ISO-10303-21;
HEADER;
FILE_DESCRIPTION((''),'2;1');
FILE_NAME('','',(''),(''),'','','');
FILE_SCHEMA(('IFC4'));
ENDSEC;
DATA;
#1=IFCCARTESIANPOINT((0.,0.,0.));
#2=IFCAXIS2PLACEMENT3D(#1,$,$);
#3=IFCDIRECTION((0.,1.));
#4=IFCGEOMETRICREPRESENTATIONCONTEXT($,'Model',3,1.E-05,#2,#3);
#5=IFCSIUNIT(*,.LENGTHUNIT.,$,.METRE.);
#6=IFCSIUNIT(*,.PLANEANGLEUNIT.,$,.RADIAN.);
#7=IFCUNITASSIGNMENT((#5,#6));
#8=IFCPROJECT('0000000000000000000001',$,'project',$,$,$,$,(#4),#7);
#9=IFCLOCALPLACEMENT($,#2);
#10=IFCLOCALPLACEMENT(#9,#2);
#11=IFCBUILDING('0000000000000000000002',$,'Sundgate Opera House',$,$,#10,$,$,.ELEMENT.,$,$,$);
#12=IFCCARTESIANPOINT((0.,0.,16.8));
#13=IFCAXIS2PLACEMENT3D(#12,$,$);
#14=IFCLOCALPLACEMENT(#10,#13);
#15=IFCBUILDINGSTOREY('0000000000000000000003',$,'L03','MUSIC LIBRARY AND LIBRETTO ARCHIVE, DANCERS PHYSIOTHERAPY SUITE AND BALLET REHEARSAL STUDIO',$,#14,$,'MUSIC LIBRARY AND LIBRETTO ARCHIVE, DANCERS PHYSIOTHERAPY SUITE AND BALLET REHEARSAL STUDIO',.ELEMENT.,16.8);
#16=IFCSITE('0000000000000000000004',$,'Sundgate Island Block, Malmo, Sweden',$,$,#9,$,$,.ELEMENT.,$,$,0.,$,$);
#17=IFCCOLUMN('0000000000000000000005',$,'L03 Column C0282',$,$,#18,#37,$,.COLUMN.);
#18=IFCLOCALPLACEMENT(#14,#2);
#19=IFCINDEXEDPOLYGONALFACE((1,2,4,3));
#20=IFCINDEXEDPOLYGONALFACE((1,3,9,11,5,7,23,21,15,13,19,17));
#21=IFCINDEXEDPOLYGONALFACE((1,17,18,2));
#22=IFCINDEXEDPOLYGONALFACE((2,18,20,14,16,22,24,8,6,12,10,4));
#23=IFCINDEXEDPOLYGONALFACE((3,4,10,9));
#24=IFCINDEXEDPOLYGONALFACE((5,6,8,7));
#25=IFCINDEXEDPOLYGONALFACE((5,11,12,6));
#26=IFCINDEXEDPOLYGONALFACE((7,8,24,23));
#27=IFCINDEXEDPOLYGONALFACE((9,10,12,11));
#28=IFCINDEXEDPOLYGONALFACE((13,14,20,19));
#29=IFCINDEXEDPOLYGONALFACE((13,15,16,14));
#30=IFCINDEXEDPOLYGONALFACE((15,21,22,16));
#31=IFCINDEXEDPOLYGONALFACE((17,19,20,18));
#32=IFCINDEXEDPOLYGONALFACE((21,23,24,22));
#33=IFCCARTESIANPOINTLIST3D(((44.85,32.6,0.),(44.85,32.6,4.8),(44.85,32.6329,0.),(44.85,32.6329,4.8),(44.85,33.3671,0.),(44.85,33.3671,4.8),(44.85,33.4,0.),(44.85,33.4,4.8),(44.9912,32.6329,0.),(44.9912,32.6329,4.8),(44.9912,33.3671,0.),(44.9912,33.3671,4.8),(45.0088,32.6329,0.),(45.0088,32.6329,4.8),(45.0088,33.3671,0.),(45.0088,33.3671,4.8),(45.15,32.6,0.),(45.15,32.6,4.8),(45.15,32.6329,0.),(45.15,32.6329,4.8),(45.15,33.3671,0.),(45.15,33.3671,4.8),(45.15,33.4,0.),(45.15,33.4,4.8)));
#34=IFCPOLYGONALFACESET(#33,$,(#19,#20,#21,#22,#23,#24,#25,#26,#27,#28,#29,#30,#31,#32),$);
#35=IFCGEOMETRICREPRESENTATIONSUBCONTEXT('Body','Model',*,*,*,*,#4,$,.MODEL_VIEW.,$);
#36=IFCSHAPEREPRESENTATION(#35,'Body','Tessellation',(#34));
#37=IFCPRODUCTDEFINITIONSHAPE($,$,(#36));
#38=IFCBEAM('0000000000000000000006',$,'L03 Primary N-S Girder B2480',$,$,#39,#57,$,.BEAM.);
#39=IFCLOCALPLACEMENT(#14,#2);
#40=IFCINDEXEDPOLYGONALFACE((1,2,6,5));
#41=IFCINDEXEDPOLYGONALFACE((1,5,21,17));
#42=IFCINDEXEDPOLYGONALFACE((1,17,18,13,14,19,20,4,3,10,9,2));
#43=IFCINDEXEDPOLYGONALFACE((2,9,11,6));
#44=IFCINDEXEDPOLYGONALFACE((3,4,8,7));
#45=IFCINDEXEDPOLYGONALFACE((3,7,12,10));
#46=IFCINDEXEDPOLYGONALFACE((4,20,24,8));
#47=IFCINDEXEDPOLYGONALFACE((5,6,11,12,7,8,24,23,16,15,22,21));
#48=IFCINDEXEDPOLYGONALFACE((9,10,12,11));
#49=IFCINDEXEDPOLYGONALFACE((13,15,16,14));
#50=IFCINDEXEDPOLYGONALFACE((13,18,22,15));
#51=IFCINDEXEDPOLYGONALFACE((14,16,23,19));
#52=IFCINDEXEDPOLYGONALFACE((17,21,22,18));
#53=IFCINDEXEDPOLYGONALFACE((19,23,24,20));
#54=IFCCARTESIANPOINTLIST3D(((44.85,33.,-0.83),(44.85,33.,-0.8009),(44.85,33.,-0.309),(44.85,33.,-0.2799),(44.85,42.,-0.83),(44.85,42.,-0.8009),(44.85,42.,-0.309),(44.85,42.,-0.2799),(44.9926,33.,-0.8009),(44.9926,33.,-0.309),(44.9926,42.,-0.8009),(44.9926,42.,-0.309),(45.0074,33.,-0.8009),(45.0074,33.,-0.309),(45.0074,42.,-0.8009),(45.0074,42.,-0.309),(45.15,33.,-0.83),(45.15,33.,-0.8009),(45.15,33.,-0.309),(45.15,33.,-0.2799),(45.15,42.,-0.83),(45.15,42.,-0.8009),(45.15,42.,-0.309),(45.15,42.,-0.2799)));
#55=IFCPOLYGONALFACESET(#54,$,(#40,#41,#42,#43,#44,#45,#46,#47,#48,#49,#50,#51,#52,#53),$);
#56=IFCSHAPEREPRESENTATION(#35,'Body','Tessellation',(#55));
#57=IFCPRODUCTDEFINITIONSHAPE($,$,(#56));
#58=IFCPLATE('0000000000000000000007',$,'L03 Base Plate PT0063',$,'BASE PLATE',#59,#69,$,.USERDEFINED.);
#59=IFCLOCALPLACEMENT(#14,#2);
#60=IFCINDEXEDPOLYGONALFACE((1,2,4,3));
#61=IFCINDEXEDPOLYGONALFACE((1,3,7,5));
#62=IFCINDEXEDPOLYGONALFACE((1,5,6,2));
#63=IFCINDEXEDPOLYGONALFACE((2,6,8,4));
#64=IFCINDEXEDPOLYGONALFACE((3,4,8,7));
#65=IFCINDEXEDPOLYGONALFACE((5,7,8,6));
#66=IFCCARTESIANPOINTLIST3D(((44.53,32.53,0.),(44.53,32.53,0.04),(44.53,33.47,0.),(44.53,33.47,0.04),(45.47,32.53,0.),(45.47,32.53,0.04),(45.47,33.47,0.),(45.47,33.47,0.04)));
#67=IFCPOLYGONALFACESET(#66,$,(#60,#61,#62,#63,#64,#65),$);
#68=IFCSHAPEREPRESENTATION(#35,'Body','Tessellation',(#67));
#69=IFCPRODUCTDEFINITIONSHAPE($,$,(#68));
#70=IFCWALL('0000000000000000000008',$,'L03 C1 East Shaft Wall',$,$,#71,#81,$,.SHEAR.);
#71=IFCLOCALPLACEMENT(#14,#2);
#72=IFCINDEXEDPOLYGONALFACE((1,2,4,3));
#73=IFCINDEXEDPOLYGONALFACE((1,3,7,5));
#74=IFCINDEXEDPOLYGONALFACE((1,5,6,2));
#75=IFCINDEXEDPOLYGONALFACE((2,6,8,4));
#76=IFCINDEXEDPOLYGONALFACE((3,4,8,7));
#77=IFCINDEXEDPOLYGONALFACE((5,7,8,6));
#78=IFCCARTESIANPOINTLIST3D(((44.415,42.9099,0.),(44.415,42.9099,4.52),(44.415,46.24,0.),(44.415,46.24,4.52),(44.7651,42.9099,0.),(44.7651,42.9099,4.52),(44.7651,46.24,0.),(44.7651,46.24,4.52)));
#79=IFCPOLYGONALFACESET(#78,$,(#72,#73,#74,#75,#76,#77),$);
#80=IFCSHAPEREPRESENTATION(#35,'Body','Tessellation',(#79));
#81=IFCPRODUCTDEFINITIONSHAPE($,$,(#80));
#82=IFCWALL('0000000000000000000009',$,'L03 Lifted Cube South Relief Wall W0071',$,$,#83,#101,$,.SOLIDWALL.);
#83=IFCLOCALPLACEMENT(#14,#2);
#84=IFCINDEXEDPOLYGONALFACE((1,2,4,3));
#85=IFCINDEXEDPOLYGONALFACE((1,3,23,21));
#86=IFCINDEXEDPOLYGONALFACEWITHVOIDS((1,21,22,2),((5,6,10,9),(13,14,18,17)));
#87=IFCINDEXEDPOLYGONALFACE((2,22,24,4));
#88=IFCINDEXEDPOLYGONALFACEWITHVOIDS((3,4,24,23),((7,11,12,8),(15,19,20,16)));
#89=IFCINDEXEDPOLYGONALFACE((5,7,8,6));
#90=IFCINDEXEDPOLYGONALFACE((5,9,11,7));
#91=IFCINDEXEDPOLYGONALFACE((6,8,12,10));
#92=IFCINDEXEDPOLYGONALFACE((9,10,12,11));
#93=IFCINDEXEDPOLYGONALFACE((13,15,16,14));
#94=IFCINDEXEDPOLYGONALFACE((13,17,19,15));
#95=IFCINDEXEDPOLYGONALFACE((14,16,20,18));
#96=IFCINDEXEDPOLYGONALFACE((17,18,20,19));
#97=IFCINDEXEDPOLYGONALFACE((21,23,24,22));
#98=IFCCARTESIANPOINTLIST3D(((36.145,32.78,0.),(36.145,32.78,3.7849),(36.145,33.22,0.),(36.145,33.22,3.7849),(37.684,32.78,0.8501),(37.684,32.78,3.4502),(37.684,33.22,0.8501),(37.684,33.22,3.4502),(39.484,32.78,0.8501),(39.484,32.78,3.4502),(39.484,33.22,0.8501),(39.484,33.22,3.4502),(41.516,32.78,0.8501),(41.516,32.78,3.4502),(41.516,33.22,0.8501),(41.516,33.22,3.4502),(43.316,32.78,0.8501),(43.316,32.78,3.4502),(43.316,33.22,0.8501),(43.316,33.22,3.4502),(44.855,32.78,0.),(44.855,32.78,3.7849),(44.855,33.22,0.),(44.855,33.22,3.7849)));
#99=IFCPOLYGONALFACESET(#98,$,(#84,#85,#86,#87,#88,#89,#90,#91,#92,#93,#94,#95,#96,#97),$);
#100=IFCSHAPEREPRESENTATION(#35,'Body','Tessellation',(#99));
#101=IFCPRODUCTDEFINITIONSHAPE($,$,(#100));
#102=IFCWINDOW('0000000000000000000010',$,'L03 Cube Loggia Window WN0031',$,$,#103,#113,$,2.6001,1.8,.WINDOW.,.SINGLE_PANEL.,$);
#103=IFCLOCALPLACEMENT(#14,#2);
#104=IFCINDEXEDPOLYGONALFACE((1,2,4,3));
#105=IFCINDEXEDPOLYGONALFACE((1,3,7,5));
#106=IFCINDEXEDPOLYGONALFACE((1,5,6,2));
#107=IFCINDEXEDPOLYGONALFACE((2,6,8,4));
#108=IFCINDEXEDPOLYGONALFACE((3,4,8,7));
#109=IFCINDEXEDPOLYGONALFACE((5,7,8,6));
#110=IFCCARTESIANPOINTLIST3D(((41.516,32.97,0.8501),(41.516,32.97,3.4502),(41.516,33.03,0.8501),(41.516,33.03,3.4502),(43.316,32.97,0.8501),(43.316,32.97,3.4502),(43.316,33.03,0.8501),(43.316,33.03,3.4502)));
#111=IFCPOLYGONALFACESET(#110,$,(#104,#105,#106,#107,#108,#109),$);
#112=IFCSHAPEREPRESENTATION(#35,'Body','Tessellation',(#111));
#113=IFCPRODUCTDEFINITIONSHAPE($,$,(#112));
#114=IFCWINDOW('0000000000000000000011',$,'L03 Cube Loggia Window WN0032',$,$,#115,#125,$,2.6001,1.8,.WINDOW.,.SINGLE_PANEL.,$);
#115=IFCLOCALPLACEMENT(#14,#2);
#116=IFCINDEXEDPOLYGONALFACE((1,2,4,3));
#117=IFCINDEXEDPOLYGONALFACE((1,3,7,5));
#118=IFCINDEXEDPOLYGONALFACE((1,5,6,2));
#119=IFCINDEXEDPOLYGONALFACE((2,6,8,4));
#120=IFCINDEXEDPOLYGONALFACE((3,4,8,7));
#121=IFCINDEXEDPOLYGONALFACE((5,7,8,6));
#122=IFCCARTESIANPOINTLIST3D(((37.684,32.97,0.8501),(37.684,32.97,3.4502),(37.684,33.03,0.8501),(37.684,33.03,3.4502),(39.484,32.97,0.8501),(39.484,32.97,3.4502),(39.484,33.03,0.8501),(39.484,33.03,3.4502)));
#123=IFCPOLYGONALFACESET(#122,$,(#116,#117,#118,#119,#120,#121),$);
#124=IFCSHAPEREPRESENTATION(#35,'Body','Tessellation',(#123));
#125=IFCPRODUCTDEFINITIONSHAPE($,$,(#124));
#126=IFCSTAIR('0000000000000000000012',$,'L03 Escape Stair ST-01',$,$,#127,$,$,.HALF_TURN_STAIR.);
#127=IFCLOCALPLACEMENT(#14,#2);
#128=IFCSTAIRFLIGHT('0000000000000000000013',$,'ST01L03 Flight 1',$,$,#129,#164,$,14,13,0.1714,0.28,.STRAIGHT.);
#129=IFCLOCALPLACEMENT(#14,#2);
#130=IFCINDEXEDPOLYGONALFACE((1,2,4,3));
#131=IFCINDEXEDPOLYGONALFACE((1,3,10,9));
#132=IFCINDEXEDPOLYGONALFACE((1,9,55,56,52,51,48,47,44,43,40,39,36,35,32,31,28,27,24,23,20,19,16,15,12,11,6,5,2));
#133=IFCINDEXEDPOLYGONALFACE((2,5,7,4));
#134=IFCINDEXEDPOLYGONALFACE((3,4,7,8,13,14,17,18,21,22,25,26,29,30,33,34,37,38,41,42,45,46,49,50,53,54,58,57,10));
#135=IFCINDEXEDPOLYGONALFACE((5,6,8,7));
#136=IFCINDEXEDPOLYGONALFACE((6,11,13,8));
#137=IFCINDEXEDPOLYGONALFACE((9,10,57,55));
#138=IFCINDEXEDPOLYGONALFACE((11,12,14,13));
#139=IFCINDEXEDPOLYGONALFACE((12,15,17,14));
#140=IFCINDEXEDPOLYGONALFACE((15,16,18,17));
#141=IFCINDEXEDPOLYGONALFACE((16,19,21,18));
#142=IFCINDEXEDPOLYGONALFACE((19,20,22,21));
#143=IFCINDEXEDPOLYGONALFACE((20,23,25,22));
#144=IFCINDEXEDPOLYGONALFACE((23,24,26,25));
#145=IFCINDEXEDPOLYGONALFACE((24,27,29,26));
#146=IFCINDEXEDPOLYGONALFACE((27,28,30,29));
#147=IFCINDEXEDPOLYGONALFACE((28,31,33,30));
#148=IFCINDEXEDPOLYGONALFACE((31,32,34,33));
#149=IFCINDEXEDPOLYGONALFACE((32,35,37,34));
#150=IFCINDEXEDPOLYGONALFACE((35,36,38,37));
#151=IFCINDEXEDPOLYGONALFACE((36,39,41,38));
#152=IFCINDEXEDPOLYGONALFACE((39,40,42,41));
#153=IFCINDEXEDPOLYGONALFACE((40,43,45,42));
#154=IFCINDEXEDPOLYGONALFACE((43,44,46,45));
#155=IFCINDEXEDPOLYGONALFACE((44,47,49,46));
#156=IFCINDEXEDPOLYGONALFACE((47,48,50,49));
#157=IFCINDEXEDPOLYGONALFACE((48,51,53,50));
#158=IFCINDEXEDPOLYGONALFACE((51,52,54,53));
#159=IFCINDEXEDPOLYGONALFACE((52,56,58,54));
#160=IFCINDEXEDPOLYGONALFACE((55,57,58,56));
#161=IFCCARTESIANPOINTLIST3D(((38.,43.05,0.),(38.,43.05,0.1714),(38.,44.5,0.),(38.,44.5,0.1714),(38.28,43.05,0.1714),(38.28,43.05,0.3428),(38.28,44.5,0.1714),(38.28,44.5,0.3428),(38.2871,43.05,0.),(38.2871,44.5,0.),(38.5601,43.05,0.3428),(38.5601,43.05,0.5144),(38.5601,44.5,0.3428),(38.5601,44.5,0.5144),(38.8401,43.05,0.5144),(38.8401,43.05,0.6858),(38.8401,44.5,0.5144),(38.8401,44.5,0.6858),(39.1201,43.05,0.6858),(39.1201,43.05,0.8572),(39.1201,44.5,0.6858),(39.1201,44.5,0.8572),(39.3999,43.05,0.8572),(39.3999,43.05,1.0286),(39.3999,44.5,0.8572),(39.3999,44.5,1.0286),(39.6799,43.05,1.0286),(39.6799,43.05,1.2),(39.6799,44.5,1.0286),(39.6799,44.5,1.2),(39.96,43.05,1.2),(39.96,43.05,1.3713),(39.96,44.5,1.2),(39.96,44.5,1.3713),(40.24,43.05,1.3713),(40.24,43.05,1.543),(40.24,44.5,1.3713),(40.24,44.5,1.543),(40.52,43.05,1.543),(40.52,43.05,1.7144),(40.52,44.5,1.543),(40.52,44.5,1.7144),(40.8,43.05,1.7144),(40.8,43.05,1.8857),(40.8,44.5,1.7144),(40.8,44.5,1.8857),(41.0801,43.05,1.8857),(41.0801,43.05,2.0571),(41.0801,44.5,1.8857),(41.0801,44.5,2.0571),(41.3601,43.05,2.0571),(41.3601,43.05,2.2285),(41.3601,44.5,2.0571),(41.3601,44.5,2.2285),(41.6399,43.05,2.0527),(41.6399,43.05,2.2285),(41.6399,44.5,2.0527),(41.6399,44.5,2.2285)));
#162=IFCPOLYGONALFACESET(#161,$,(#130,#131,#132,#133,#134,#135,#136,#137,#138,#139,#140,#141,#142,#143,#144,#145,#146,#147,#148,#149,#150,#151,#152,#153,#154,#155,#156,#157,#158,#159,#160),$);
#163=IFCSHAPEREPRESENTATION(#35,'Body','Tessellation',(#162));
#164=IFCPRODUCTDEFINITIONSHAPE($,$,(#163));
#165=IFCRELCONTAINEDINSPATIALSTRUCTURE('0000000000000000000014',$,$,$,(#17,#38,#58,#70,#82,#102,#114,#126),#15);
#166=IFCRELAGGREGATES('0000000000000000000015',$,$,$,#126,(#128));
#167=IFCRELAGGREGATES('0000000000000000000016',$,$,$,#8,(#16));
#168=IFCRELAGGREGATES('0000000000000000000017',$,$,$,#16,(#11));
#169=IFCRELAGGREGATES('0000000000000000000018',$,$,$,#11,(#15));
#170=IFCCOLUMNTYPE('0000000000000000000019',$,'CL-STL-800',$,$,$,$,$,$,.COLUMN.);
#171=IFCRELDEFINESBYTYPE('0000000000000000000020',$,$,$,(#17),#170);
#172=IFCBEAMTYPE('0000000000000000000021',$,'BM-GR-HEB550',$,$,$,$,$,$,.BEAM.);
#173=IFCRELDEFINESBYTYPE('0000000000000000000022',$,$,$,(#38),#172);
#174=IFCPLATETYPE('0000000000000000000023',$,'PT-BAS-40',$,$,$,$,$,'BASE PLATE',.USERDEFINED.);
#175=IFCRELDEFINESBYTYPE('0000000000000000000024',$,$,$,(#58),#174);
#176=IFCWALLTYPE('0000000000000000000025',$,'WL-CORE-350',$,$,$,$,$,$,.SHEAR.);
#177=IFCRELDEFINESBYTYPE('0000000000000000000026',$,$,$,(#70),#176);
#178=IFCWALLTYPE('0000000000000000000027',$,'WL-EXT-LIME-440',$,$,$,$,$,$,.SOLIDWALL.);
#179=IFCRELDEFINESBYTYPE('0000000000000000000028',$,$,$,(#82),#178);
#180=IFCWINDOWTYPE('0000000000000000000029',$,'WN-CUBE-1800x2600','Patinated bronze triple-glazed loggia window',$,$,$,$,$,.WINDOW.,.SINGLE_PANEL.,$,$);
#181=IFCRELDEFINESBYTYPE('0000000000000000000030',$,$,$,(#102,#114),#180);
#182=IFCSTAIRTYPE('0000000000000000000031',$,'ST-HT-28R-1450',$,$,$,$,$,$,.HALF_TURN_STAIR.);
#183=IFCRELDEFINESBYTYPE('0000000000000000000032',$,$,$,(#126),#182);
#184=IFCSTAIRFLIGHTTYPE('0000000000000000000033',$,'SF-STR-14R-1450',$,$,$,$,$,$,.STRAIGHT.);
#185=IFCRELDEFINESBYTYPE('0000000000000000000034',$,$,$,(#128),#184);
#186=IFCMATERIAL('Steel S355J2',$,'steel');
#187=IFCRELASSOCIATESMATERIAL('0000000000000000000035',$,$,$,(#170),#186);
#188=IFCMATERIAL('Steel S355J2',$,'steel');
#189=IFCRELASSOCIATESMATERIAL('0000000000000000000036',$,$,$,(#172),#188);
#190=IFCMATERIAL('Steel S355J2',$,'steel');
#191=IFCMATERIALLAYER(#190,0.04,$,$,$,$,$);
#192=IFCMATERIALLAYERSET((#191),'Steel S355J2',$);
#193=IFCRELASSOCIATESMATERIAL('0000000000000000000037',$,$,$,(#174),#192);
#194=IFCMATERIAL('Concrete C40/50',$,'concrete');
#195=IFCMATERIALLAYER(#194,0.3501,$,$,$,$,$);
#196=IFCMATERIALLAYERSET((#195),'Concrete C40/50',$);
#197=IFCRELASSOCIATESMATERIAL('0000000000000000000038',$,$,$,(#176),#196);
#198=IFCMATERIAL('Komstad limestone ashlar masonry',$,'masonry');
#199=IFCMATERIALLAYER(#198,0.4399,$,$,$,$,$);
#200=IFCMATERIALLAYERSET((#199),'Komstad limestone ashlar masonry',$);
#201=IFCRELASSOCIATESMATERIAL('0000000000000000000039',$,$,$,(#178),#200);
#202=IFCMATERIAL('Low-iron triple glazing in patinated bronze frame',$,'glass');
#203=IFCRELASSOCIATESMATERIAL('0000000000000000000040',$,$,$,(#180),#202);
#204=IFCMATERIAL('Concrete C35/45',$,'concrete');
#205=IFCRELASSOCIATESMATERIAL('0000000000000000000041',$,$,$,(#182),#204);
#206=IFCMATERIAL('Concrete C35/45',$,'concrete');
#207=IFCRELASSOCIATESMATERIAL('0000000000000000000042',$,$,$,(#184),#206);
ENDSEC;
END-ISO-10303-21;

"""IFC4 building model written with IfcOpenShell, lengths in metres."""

from ifc_helpers import new_model, si_unit, direction, frame, frame_2d, origin, origin_2d, place, context, subcontext, project, spatial, polyline, rectangle, i_section, outline, extrude, material, layer, layer_set, material_profile, profile_set, type_object, element, fill, aggregate, save


model = new_model("IFC4")

# Units and contexts
model_context = context("Model", 3, precision=1e-05, world=origin(), true_north=direction((0.0, 1.0)))
body_context = subcontext(model_context, "Body", "Model", "MODEL_VIEW")
ifc_project = project(units=[si_unit("LENGTHUNIT", "METRE"), si_unit("PLANEANGLEUNIT", "RADIAN")], contexts=[model_context])

# Site, building, storey
site_placement = place(None, origin())
site = spatial("IfcSite", under=ifc_project, at=site_placement, Name="Sundgate Island Block, Malmo, Sweden", CompositionType="ELEMENT", RefElevation=0.0)
building_placement = place(site_placement, origin())
building = spatial("IfcBuilding", under=site, at=building_placement, Name="Sundgate Opera House", CompositionType="ELEMENT")
storey_placement = place(building_placement, frame((0.0, 0.0, 16.8)))
storey = spatial("IfcBuildingStorey", under=building, at=storey_placement, Name="L03", Description="MUSIC LIBRARY AND LIBRETTO ARCHIVE, DANCERS PHYSIOTHERAPY SUITE AND BALLET REHEARSAL STUDIO", LongName="MUSIC LIBRARY AND LIBRETTO ARCHIVE, DANCERS PHYSIOTHERAPY SUITE AND BALLET REHEARSAL STUDIO", CompositionType="ELEMENT", Elevation=16.8)

# Column
ifc_material_1 = material(Name="Steel S355J2", Category="steel")
ifc_material_profile_1 = material_profile(ifc_material_1, i_section(OverallWidth=0.3, OverallDepth=0.8, WebThickness=0.0176, FlangeThickness=0.033, at=origin_2d()), Name="HEB 800")
ifc_profile_set_1 = profile_set([ifc_material_profile_1], Name="Steel S355J2")
column_type = type_object("IfcColumnType", Name="CL-STL-800", PredefinedType="COLUMN", material=ifc_profile_set_1)
column_placement = place(storey_placement, frame((45.0, 33.0, 0.0), z_axis=(0.0, 0.0, 1.0), x_axis=(1.0, 0.0, 0.0)))
element("IfcColumn", 1, at=column_placement, inside=storey, type_object=column_type, Name="L03 Column C0282", PredefinedType="COLUMN", context=body_context, shape_type="SweptSolid", body=[
    extrude(i_section(OverallWidth=0.3, OverallDepth=0.8, WebThickness=0.0176, FlangeThickness=0.033, at=origin_2d()), origin(), (0.0, 0.0, 1.0), 4.8),
])

# Beam
ifc_material_2 = material(Name="Steel S355J2", Category="steel")
ifc_material_profile_2 = material_profile(ifc_material_2, i_section(OverallWidth=0.3, OverallDepth=0.55, WebThickness=0.0149, FlangeThickness=0.0291, at=origin_2d()), Name="HEB 550")
ifc_profile_set_2 = profile_set([ifc_material_profile_2], Name="Steel S355J2")
beam_type = type_object("IfcBeamType", Name="BM-GR-HEB550", PredefinedType="BEAM", material=ifc_profile_set_2)
beam_placement = place(storey_placement, frame((45.0, 33.0, -0.5549), z_axis=(0.0, 1.0, 0.0), x_axis=(-1.0, 0.0, 0.0)))
element("IfcBeam", 2, at=beam_placement, inside=storey, type_object=beam_type, Name="L03 Primary N-S Girder B2480", PredefinedType="BEAM", context=body_context, shape_type="SweptSolid", body=[
    extrude(i_section(OverallWidth=0.3, OverallDepth=0.55, WebThickness=0.0149, FlangeThickness=0.0291, at=origin_2d()), origin(), (0.0, 0.0, 1.0), 9.0),
])

# Plate
ifc_material_3 = material(Name="Steel S355J2", Category="steel")
ifc_layer_1 = layer(ifc_material_3, 0.04)
ifc_layer_set_1 = layer_set([ifc_layer_1], Name="Steel S355J2")
plate_type = type_object("IfcPlateType", Name="PT-BAS-40", ElementType="BASE PLATE", PredefinedType="USERDEFINED", material=ifc_layer_set_1)
plate_placement = place(storey_placement, frame((45.0, 33.0, 0.0), z_axis=(0.0, 0.0, 1.0), x_axis=(1.0, 0.0, 0.0)))
element("IfcPlate", 3, at=plate_placement, inside=storey, type_object=plate_type, Name="L03 Base Plate PT0063", ObjectType="BASE PLATE", PredefinedType="USERDEFINED", context=body_context, shape_type="SweptSolid", body=[
    extrude(rectangle(XDim=0.9399, YDim=0.9399, at=origin_2d()), origin(), (0.0, 0.0, 1.0), 0.04),
])

# Wall
ifc_material_4 = material(Name="Concrete C40/50", Category="concrete")
ifc_layer_2 = layer(ifc_material_4, 0.3501)
ifc_layer_set_2 = layer_set([ifc_layer_2], Name="Concrete C40/50")
wall_type_1 = type_object("IfcWallType", Name="WL-CORE-350", PredefinedType="SHEAR", material=ifc_layer_set_2)
wall_1_placement = place(storey_placement, frame((44.5901, 42.9099, 0.0), z_axis=(0.0, 0.0, 1.0), x_axis=(0.0, 1.0, 0.0)))
element("IfcWall", 4, at=wall_1_placement, inside=storey, type_object=wall_type_1, Name="L03 C1 East Shaft Wall", PredefinedType="SHEAR", context=body_context, shape_type="SweptSolid", body=[
    extrude(rectangle(XDim=3.3301, YDim=0.3501, at=frame_2d((1.665, 0.0))), origin(), (0.0, 0.0, 1.0), 4.52),
])

# Wall, openings, windows
ifc_material_5 = material(Name="Komstad limestone ashlar masonry", Category="masonry")
ifc_layer_3 = layer(ifc_material_5, 0.4399)
ifc_layer_set_3 = layer_set([ifc_layer_3], Name="Komstad limestone ashlar masonry")
wall_type_2 = type_object("IfcWallType", Name="WL-EXT-LIME-440", PredefinedType="SOLIDWALL", material=ifc_layer_set_3)
wall_2_placement = place(storey_placement, frame((44.855, 33.0, 0.0), z_axis=(0.0, 0.0, 1.0), x_axis=(-1.0, 0.0, 0.0)))
wall_2 = element("IfcWall", 5, at=wall_2_placement, inside=storey, type_object=wall_type_2, Name="L03 Lifted Cube South Relief Wall W0071", PredefinedType="SOLIDWALL", context=body_context, shape_type="SweptSolid", body=[
    extrude(rectangle(XDim=8.71, YDim=0.4399, at=frame_2d((4.355, 0.0))), origin(), (0.0, 0.0, 1.0), 3.7849),
])
opening_1_placement = place(wall_2_placement, frame((1.5391, 0.0, 0.8501)))
opening_1 = element("IfcOpeningElement", 6, at=opening_1_placement, cuts=wall_2, PredefinedType="OPENING", context=body_context, shape_type="SweptSolid", body=[
    extrude(rectangle(XDim=1.8, YDim=2.6001, at=frame_2d((0.8999, 1.3))), frame((0.0, 0.23, 0.0), z_axis=(0.0, -1.0, 0.0), x_axis=(1.0, 0.0, 0.0)), (0.0, 0.0, 1.0), 0.46),
])
opening_2_placement = place(wall_2_placement, frame((5.3711, 0.0, 0.8501)))
opening_2 = element("IfcOpeningElement", 7, at=opening_2_placement, cuts=wall_2, PredefinedType="OPENING", context=body_context, shape_type="SweptSolid", body=[
    extrude(rectangle(XDim=1.8, YDim=2.6001, at=frame_2d((0.8999, 1.3))), frame((0.0, 0.23, 0.0), z_axis=(0.0, -1.0, 0.0), x_axis=(1.0, 0.0, 0.0)), (0.0, 0.0, 1.0), 0.46),
])
ifc_material_6 = material(Name="Low-iron triple glazing in patinated bronze frame", Category="glass")
window_type = type_object("IfcWindowType", Name="WN-CUBE-1800x2600", Description="Patinated bronze triple-glazed loggia window", PartitioningType="SINGLE_PANEL", PredefinedType="WINDOW", material=ifc_material_6)
window_1_placement = place(opening_1_placement, origin())
window_1 = element("IfcWindow", 8, at=window_1_placement, inside=storey, type_object=window_type, Name="L03 Cube Loggia Window WN0031", OverallHeight=2.6001, OverallWidth=1.8, PartitioningType="SINGLE_PANEL", PredefinedType="WINDOW", context=body_context, shape_type="SweptSolid", body=[
    extrude(rectangle(XDim=1.8, YDim=2.6001, at=frame_2d((0.8999, 1.3))), frame((0.0, 0.03, 0.0), z_axis=(0.0, -1.0, 0.0), x_axis=(1.0, 0.0, 0.0)), (0.0, 0.0, 1.0), 0.0601),
])
fill(opening_1, window_1)
window_2_placement = place(opening_2_placement, origin())
window_2 = element("IfcWindow", 9, at=window_2_placement, inside=storey, type_object=window_type, Name="L03 Cube Loggia Window WN0032", OverallHeight=2.6001, OverallWidth=1.8, PartitioningType="SINGLE_PANEL", PredefinedType="WINDOW", context=body_context, shape_type="SweptSolid", body=[
    extrude(rectangle(XDim=1.8, YDim=2.6001, at=frame_2d((0.8999, 1.3))), frame((0.0, 0.03, 0.0), z_axis=(0.0, -1.0, 0.0), x_axis=(1.0, 0.0, 0.0)), (0.0, 0.0, 1.0), 0.0601),
])
fill(opening_2, window_2)

# Stair, stair flight
ifc_material_7 = material(Name="Concrete C35/45", Category="concrete")
stair_type = type_object("IfcStairType", Name="ST-HT-28R-1450", PredefinedType="HALF_TURN_STAIR", material=ifc_material_7)
stair_placement = place(storey_placement, origin())
stair = element("IfcStair", 10, at=stair_placement, inside=storey, type_object=stair_type, Name="L03 Escape Stair ST-01", PredefinedType="HALF_TURN_STAIR")
ifc_material_8 = material(Name="Concrete C35/45", Category="concrete")
stair_flight_type = type_object("IfcStairFlightType", Name="SF-STR-14R-1450", PredefinedType="STRAIGHT", material=ifc_material_8)
stair_flight_1_placement = place(storey_placement, frame((38.0, 43.7749, 0.0), z_axis=(0.0, 0.0, 1.0), x_axis=(1.0, 0.0, 0.0)))
stair_flight_1 = element("IfcStairFlight", 11, at=stair_flight_1_placement, type_object=stair_flight_type, Name="ST01L03 Flight 1", NumberOfRisers=14, NumberOfTreads=13, PredefinedType="STRAIGHT", RiserHeight=0.1714, TreadLength=0.28, context=body_context, shape_type="SweptSolid", body=[
    extrude(outline(polyline([(0.0, 0.0), (0.0, 0.1714), (0.28, 0.1714), (0.28, 0.3428), (0.5601, 0.3428), (0.5601, 0.5144), (0.8401, 0.5144), (0.8401, 0.6858), (1.1201, 0.6858), (1.1201, 0.8572), (1.3999, 0.8572), (1.3999, 1.0286), (1.6799, 1.0286), (1.6799, 1.2), (1.96, 1.2), (1.96, 1.3713), (2.24, 1.3713), (2.24, 1.543), (2.52, 1.543), (2.52, 1.7144), (2.8, 1.7144), (2.8, 1.8857), (3.0801, 1.8857), (3.0801, 2.0571), (3.3601, 2.0571), (3.3601, 2.2285), (3.6399, 2.2285), (3.6399, 2.3999), (3.6399, 2.0527), (0.2871, 0.0), (0.0, 0.0)])), frame((0.0, 0.7251, 0.0), z_axis=(0.0, -1.0, 0.0), x_axis=(1.0, 0.0, 0.0)), (0.0, 0.0, 1.0), 1.45),
])
aggregate(stair, [stair_flight_1])

save(model, "model.ifc")
